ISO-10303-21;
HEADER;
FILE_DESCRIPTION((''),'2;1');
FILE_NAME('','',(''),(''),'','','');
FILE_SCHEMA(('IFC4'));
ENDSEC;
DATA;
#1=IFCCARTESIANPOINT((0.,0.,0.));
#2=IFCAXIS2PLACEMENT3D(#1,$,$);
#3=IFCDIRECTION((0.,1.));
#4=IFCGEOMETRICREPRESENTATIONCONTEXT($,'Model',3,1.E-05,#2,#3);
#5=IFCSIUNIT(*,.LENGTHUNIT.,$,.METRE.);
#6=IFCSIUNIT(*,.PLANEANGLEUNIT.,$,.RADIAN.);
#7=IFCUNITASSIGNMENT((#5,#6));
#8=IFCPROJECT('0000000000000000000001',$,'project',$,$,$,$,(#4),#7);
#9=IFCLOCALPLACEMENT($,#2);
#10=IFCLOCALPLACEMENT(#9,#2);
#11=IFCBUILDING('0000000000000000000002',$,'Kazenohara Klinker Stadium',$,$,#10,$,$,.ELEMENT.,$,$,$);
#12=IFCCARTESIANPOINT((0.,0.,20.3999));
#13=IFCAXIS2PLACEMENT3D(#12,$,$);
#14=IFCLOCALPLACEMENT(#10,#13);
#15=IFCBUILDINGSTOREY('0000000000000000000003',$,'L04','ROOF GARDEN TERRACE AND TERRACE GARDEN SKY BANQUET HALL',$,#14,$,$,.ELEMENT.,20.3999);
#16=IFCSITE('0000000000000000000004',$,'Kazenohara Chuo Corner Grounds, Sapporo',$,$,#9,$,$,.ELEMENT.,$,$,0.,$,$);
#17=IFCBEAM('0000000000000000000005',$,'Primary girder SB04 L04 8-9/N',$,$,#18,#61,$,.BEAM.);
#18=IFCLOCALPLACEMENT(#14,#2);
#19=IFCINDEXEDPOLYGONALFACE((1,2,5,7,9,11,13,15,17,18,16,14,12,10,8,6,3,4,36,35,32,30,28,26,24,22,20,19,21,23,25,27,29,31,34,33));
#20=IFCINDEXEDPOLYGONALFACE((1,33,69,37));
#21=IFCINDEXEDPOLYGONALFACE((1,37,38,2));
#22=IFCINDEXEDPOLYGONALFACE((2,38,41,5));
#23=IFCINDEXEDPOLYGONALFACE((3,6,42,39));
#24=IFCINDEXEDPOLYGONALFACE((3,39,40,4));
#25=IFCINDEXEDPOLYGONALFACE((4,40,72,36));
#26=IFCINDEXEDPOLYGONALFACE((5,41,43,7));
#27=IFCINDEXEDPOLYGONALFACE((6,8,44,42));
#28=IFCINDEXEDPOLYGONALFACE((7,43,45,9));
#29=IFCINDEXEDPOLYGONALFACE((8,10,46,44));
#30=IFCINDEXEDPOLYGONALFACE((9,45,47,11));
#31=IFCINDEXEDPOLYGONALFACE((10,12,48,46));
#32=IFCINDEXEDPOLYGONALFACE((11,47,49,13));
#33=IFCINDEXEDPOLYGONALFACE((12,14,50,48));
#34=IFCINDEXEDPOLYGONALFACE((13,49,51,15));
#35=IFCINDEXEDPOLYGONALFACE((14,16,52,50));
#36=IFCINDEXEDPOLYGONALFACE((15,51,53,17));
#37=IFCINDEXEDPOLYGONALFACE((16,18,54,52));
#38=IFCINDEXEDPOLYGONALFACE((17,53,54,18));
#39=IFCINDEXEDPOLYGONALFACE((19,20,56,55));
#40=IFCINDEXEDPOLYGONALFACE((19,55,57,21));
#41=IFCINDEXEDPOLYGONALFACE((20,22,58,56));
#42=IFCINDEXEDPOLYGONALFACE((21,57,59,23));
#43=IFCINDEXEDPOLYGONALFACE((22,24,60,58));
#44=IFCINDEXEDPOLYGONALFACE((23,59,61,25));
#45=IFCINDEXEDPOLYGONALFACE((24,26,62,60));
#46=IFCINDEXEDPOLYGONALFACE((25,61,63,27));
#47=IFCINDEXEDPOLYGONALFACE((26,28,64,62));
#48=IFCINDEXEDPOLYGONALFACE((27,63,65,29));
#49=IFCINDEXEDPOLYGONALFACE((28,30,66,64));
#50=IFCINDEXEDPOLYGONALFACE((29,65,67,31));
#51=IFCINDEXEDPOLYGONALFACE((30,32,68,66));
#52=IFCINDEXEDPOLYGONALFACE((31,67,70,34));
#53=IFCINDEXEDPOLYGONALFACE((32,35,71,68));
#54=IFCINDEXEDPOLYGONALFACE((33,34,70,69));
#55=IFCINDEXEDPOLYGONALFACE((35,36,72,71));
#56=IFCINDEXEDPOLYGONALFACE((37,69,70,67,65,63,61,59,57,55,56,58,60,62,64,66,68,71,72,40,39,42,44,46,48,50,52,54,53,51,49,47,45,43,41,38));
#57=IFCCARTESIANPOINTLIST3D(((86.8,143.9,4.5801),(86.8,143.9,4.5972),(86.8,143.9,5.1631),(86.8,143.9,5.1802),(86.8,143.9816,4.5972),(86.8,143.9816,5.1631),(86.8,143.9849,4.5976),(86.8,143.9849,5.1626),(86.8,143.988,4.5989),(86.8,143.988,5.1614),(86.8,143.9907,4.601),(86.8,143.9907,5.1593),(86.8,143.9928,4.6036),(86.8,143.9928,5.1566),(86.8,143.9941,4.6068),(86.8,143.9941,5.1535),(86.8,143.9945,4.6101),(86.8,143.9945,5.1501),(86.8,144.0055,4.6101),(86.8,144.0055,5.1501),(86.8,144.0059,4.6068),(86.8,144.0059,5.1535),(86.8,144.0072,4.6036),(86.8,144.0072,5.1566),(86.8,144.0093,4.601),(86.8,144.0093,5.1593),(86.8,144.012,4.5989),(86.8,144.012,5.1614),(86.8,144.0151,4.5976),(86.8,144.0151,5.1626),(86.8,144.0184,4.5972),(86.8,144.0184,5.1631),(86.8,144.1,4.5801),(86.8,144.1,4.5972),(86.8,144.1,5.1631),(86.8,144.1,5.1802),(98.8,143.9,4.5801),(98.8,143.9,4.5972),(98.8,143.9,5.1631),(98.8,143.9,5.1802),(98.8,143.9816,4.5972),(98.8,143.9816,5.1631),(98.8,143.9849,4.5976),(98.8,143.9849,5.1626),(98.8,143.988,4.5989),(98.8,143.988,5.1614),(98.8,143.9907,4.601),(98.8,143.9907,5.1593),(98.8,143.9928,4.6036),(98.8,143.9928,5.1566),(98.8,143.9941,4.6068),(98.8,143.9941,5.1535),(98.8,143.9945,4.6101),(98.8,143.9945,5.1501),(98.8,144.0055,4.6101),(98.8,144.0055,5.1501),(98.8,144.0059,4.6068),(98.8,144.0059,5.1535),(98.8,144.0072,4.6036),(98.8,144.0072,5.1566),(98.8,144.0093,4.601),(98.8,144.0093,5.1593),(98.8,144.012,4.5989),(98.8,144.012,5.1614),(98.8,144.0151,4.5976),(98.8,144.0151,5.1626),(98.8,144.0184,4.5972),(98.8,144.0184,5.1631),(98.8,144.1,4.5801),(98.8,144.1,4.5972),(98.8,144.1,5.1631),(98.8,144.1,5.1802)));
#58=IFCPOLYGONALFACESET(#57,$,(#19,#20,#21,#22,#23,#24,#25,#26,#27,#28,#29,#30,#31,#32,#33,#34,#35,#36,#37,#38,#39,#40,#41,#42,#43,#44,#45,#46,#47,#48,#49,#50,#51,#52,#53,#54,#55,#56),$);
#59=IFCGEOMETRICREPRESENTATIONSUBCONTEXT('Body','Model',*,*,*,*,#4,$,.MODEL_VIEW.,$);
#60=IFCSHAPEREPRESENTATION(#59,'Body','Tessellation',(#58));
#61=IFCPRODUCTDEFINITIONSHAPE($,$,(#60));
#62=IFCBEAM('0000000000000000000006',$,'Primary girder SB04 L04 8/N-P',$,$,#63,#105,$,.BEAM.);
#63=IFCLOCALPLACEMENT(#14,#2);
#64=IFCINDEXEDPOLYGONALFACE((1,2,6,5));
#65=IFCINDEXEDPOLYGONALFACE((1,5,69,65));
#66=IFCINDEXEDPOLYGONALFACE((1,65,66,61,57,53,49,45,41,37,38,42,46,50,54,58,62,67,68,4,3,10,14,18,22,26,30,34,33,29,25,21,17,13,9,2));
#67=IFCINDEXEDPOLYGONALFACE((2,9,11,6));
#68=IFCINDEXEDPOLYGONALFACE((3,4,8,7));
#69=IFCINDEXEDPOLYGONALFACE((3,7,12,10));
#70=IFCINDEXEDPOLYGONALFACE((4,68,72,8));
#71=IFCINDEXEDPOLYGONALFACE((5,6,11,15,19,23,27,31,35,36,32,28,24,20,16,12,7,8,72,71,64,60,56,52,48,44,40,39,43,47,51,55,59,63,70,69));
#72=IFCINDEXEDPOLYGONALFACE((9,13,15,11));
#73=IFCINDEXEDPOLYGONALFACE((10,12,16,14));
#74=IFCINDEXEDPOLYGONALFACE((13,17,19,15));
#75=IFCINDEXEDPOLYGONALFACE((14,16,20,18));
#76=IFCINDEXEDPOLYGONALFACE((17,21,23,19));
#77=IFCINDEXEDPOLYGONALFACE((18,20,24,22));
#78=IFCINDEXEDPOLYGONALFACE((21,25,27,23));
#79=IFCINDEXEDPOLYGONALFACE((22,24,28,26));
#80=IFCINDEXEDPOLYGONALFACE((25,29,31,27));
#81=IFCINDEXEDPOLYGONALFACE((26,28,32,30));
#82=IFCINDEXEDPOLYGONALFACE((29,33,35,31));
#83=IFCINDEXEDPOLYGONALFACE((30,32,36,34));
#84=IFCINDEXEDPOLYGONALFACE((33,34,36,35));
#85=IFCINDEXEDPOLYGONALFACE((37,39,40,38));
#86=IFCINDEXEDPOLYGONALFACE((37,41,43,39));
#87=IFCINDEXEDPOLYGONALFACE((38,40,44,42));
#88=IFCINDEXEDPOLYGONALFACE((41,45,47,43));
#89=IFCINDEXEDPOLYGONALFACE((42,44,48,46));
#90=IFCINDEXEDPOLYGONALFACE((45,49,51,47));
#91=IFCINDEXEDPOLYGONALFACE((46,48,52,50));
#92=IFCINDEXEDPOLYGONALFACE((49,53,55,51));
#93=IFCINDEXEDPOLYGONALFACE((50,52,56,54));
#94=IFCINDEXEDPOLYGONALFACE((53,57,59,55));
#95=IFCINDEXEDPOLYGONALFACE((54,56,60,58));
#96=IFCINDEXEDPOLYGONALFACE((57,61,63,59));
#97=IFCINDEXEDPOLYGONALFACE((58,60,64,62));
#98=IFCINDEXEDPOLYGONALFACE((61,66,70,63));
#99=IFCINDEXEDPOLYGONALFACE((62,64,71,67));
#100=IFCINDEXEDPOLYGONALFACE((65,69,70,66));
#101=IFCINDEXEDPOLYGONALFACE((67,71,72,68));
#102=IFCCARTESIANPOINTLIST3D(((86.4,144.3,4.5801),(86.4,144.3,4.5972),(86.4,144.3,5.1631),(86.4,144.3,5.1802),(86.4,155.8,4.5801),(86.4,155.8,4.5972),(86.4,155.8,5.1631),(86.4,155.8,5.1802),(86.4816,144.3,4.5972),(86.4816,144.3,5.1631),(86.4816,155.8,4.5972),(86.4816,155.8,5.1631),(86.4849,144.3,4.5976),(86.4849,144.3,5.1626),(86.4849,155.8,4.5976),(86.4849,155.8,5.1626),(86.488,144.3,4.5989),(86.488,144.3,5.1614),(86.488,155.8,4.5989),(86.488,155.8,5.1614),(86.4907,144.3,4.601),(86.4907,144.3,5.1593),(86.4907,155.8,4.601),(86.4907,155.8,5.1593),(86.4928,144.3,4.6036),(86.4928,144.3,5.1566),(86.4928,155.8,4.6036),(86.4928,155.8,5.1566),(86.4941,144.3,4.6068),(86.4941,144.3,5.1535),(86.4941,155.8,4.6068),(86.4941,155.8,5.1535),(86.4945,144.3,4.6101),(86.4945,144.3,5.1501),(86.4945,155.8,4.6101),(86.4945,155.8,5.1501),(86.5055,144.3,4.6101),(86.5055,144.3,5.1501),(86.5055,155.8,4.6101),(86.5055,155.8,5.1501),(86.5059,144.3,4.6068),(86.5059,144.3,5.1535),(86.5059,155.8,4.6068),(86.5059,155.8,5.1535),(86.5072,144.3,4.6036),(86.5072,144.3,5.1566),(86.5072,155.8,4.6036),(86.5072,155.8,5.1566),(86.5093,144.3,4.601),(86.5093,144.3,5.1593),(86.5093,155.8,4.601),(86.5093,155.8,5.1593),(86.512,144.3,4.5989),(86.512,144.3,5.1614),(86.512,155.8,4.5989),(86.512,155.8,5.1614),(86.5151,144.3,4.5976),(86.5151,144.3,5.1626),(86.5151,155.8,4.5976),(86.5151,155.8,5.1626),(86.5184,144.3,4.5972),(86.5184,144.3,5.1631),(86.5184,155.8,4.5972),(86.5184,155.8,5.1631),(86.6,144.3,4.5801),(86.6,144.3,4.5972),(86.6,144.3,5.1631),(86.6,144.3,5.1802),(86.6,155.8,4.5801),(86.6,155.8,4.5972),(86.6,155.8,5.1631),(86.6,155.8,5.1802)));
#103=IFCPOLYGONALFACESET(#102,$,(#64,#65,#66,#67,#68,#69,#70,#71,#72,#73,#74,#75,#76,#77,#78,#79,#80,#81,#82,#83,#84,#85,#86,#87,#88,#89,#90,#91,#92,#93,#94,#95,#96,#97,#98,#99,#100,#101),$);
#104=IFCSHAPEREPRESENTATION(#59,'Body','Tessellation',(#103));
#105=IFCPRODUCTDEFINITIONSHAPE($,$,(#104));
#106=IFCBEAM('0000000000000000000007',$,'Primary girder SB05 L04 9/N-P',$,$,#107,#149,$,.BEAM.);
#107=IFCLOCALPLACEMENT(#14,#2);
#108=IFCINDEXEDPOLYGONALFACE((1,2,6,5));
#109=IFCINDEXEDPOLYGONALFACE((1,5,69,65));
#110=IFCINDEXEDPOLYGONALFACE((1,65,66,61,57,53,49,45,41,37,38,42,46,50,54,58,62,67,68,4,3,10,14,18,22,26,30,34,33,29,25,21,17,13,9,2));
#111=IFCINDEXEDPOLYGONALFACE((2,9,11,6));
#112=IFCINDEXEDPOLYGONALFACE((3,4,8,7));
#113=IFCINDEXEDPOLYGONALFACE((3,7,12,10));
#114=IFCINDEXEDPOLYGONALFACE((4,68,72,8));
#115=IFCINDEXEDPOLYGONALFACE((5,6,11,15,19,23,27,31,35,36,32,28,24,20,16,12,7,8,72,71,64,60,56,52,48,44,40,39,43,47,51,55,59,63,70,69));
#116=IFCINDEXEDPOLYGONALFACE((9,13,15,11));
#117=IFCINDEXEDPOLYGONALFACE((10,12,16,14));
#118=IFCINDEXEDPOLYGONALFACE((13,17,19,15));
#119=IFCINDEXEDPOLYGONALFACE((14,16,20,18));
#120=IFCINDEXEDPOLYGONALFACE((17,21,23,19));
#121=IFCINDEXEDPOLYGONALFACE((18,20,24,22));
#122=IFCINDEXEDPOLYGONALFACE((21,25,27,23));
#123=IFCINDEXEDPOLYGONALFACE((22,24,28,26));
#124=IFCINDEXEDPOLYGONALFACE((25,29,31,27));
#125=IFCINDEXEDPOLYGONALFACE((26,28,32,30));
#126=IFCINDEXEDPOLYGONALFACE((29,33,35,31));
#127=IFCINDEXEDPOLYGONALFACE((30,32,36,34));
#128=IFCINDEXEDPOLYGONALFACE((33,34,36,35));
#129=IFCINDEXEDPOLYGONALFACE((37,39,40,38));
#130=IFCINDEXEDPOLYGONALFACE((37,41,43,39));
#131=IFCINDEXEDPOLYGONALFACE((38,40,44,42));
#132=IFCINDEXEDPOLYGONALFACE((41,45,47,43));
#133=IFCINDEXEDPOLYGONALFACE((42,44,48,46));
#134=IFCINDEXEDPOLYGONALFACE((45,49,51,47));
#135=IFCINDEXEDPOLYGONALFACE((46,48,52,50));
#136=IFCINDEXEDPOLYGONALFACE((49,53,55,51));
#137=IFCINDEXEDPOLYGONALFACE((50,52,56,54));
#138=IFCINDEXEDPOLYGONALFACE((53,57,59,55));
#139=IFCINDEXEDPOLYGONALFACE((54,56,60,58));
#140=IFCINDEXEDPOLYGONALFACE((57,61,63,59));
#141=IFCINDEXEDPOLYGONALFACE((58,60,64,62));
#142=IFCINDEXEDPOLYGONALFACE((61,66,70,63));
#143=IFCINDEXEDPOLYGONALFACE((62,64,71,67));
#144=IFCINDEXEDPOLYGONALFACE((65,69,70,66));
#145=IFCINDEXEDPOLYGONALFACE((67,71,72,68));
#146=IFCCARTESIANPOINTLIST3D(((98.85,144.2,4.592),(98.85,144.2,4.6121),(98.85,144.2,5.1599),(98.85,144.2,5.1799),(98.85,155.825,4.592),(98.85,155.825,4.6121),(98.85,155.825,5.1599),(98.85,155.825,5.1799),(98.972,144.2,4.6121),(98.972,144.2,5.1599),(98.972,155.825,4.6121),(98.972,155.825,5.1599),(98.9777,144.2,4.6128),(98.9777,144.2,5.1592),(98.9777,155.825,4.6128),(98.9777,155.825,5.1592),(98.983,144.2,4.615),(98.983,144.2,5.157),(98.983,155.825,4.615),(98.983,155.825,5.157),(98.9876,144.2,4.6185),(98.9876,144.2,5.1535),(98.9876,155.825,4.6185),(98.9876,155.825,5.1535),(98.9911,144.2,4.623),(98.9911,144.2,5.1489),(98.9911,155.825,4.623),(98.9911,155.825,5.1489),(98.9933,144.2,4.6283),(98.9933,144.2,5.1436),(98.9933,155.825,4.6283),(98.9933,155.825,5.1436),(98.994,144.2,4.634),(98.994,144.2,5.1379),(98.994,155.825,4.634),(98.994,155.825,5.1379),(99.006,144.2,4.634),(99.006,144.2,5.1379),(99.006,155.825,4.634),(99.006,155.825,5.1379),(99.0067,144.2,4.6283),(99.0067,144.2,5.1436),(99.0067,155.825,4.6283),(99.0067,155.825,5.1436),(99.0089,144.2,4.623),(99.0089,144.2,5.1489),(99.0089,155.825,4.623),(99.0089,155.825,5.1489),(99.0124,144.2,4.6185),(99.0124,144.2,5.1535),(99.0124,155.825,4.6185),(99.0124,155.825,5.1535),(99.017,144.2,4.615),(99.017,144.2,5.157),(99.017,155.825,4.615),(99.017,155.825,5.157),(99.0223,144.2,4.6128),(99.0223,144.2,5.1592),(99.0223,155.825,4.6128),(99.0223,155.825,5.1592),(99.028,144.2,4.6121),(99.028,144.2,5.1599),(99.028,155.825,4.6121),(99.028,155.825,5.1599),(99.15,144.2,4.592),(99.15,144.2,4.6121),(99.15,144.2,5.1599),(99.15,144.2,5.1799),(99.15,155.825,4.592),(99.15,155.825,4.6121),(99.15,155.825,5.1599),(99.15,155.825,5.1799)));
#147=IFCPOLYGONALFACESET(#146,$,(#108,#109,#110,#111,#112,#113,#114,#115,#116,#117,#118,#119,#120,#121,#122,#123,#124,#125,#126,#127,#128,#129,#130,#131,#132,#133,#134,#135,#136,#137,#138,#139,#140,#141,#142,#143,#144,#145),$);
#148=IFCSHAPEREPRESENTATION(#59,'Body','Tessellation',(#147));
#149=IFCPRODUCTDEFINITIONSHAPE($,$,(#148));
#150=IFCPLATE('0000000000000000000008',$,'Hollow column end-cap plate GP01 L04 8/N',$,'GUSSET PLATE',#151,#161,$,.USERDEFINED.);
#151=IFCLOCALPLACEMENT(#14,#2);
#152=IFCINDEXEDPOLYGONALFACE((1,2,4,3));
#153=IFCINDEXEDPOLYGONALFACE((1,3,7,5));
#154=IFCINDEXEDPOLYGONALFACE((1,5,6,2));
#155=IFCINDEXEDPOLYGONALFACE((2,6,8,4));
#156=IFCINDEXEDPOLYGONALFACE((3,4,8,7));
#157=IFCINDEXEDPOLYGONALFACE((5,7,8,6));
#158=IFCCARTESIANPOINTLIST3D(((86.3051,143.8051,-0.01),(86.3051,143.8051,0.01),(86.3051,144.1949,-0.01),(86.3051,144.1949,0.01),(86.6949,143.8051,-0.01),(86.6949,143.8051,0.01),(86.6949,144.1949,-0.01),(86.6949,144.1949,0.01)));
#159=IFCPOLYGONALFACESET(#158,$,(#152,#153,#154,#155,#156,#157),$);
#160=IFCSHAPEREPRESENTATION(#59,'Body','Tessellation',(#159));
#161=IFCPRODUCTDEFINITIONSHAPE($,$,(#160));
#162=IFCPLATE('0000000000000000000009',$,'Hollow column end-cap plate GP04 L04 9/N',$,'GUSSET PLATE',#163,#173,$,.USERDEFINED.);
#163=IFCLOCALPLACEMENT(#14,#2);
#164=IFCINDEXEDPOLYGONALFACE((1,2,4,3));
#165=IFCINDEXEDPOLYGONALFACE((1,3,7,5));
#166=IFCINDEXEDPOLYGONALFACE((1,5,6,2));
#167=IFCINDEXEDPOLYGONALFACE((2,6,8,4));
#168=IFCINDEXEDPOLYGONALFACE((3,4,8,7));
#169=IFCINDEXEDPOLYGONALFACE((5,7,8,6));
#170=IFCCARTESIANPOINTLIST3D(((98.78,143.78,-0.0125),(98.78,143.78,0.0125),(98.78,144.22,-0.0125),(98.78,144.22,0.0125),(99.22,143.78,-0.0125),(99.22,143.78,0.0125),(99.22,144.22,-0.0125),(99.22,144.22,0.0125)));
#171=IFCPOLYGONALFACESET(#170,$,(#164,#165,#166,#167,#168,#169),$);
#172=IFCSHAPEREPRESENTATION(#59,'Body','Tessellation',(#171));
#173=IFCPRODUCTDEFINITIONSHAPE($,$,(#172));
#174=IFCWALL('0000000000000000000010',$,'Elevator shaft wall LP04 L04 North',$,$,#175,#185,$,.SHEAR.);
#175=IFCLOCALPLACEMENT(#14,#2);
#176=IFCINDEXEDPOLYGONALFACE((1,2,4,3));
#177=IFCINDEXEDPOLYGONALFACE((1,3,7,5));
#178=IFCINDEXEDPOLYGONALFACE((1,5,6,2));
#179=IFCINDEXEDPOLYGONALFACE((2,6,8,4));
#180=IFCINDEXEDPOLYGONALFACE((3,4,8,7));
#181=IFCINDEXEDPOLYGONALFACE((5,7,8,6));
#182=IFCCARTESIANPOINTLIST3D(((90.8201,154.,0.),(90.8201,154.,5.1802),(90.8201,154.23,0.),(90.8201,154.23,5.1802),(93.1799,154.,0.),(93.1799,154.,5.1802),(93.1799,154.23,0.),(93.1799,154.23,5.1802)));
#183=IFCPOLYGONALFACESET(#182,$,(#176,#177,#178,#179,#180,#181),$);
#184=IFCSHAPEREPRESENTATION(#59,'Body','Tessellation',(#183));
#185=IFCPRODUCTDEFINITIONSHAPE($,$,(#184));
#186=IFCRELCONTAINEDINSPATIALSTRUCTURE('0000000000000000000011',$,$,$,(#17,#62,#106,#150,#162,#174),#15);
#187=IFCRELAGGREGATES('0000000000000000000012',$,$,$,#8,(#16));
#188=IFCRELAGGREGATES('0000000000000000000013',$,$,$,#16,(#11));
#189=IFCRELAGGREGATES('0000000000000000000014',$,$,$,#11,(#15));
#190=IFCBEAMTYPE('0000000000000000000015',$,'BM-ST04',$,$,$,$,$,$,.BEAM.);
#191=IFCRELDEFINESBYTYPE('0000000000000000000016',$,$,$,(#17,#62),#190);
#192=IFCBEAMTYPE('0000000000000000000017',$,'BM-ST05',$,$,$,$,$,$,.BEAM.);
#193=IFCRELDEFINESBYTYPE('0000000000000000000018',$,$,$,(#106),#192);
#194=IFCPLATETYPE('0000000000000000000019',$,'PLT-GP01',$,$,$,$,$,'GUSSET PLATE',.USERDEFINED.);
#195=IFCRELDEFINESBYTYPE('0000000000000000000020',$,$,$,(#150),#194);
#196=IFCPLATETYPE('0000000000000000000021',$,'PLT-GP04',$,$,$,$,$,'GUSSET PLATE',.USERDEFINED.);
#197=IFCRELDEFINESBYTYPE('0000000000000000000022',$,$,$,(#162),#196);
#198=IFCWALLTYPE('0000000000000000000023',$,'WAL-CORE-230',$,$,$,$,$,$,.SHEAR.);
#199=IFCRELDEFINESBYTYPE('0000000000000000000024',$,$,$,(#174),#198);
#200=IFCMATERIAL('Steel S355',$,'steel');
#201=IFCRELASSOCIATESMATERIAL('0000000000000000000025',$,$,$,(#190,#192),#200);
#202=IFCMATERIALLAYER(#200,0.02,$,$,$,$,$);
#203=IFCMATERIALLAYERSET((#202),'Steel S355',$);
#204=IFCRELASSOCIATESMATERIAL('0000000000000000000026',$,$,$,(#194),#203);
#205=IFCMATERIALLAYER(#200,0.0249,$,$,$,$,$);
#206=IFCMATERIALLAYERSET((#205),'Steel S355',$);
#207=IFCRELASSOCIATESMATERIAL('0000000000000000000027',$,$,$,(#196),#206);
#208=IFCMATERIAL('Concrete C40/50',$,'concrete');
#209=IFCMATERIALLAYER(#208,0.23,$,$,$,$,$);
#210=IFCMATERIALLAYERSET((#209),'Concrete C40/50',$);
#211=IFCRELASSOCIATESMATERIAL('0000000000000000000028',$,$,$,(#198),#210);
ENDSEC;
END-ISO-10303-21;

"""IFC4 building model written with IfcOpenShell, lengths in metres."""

from ifc_helpers import new_model, si_unit, direction, frame, frame_2d, origin, origin_2d, place, context, subcontext, project, spatial, rectangle, i_section, extrude, material, layer, layer_set, material_profile, profile_set, type_object, element, save


model = new_model("IFC4")

# Units and contexts
model_context = context("Model", 3, precision=1e-05, world=origin(), true_north=direction((0.0, 1.0)))
body_context = subcontext(model_context, "Body", "Model", "MODEL_VIEW")
ifc_project = project(units=[si_unit("LENGTHUNIT", "METRE"), si_unit("PLANEANGLEUNIT", "RADIAN")], contexts=[model_context])

# Site, building, storey
site_placement = place(None, origin())
site = spatial("IfcSite", under=ifc_project, at=site_placement, Name="Kazenohara Chuo Corner Grounds, Sapporo", CompositionType="ELEMENT", RefElevation=0.0)
building_placement = place(site_placement, origin())
building = spatial("IfcBuilding", under=site, at=building_placement, Name="Kazenohara Klinker Stadium", CompositionType="ELEMENT")
storey_placement = place(building_placement, frame((0.0, 0.0, 20.3999)))
storey = spatial("IfcBuildingStorey", under=building, at=storey_placement, Name="L04", Description="ROOF GARDEN TERRACE AND TERRACE GARDEN SKY BANQUET HALL", CompositionType="ELEMENT", Elevation=20.3999)

# Shared definitions
ifc_material_1 = material(Name="Concrete C40/50", Category="concrete")
ifc_material_2 = material(Name="Steel S355", Category="steel")

# Beams
ifc_material_profile_1 = material_profile(ifc_material_2, i_section(OverallWidth=0.2, OverallDepth=0.6001, WebThickness=0.011, FlangeThickness=0.0171, FilletRadius=0.0129, at=origin_2d()), Name="H-600x200x11x17")
ifc_profile_set_1 = profile_set([ifc_material_profile_1], Name="Steel S355")
beam_type_1 = type_object("IfcBeamType", Name="BM-ST04", PredefinedType="BEAM", material=ifc_profile_set_1)
beam_1_placement = place(storey_placement, frame((86.8, 144.0, 4.8801), z_axis=(1.0, 0.0, 0.0), x_axis=(0.0, 1.0, 0.0)))
element("IfcBeam", 1, at=beam_1_placement, inside=storey, type_object=beam_type_1, Name="Primary girder SB04 L04 8-9/N", PredefinedType="BEAM", context=body_context, shape_type="SweptSolid", body=[
    extrude(i_section(OverallWidth=0.2, OverallDepth=0.6001, WebThickness=0.011, FlangeThickness=0.0171, FilletRadius=0.0129, at=origin_2d()), origin(), (0.0, 0.0, 1.0), 12.0),
])
beam_2_placement = place(storey_placement, frame((86.5, 144.3, 4.8801), z_axis=(0.0, 1.0, 0.0), x_axis=(-1.0, 0.0, 0.0)))
element("IfcBeam", 2, at=beam_2_placement, inside=storey, type_object=beam_type_1, Name="Primary girder SB04 L04 8/N-P", PredefinedType="BEAM", context=body_context, shape_type="SweptSolid", body=[
    extrude(i_section(OverallWidth=0.2, OverallDepth=0.6001, WebThickness=0.011, FlangeThickness=0.0171, FilletRadius=0.0129, at=origin_2d()), origin(), (0.0, 0.0, 1.0), 11.5),
])
ifc_material_profile_2 = material_profile(ifc_material_2, i_section(OverallWidth=0.3, OverallDepth=0.5879, WebThickness=0.012, FlangeThickness=0.02, FilletRadius=0.022, at=origin_2d()), Name="H-588x300x12x20")
ifc_profile_set_2 = profile_set([ifc_material_profile_2], Name="Steel S355")
beam_type_2 = type_object("IfcBeamType", Name="BM-ST05", PredefinedType="BEAM", material=ifc_profile_set_2)
beam_3_placement = place(storey_placement, frame((99.0, 144.2, 4.886), z_axis=(0.0, 1.0, 0.0), x_axis=(-1.0, 0.0, 0.0)))
element("IfcBeam", 3, at=beam_3_placement, inside=storey, type_object=beam_type_2, Name="Primary girder SB05 L04 9/N-P", PredefinedType="BEAM", context=body_context, shape_type="SweptSolid", body=[
    extrude(i_section(OverallWidth=0.3, OverallDepth=0.5879, WebThickness=0.012, FlangeThickness=0.02, FilletRadius=0.022, at=origin_2d()), origin(), (0.0, 0.0, 1.0), 11.625),
])

# Plates
ifc_layer_1 = layer(ifc_material_2, 0.02)
ifc_layer_set_1 = layer_set([ifc_layer_1], Name="Steel S355")
plate_type_1 = type_object("IfcPlateType", Name="PLT-GP01", ElementType="GUSSET PLATE", PredefinedType="USERDEFINED", material=ifc_layer_set_1)
plate_1_placement = place(storey_placement, frame((86.5, 144.0, -0.01), z_axis=(0.0, 0.0, 1.0), x_axis=(1.0, 0.0, 0.0)))
element("IfcPlate", 4, at=plate_1_placement, inside=storey, type_object=plate_type_1, Name="Hollow column end-cap plate GP01 L04 8/N", ObjectType="GUSSET PLATE", PredefinedType="USERDEFINED", context=body_context, shape_type="SweptSolid", body=[
    extrude(rectangle(XDim=0.3899, YDim=0.3899, at=origin_2d()), origin(), (0.0, 0.0, 1.0), 0.02),
])
ifc_layer_2 = layer(ifc_material_2, 0.0249)
ifc_layer_set_2 = layer_set([ifc_layer_2], Name="Steel S355")
plate_type_2 = type_object("IfcPlateType", Name="PLT-GP04", ElementType="GUSSET PLATE", PredefinedType="USERDEFINED", material=ifc_layer_set_2)
plate_2_placement = place(storey_placement, frame((99.0, 144.0, -0.0125), z_axis=(0.0, 0.0, 1.0), x_axis=(1.0, 0.0, 0.0)))
element("IfcPlate", 5, at=plate_2_placement, inside=storey, type_object=plate_type_2, Name="Hollow column end-cap plate GP04 L04 9/N", ObjectType="GUSSET PLATE", PredefinedType="USERDEFINED", context=body_context, shape_type="SweptSolid", body=[
    extrude(rectangle(XDim=0.4399, YDim=0.4399, at=origin_2d()), origin(), (0.0, 0.0, 1.0), 0.0249),
])

# Shared definitions
ifc_layer_3 = layer(ifc_material_1, 0.23)
ifc_layer_set_3 = layer_set([ifc_layer_3], Name="Concrete C40/50")
wall_type_1 = type_object("IfcWallType", Name="WAL-CORE-230", PredefinedType="SHEAR", material=ifc_layer_set_3)

# Wall
wall_1_placement = place(storey_placement, frame((90.8201, 154.115, 0.0), z_axis=(0.0, 0.0, 1.0), x_axis=(1.0, 0.0, 0.0)))
element("IfcWall", 6, at=wall_1_placement, inside=storey, type_object=wall_type_1, Name="Elevator shaft wall LP04 L04 North", PredefinedType="SHEAR", context=body_context, shape_type="SweptSolid", body=[
    extrude(rectangle(XDim=2.3599, YDim=0.23, at=frame_2d((1.1799, 0.0))), origin(), (0.0, 0.0, 1.0), 5.1802),
])

save(model, "model.ifc")
